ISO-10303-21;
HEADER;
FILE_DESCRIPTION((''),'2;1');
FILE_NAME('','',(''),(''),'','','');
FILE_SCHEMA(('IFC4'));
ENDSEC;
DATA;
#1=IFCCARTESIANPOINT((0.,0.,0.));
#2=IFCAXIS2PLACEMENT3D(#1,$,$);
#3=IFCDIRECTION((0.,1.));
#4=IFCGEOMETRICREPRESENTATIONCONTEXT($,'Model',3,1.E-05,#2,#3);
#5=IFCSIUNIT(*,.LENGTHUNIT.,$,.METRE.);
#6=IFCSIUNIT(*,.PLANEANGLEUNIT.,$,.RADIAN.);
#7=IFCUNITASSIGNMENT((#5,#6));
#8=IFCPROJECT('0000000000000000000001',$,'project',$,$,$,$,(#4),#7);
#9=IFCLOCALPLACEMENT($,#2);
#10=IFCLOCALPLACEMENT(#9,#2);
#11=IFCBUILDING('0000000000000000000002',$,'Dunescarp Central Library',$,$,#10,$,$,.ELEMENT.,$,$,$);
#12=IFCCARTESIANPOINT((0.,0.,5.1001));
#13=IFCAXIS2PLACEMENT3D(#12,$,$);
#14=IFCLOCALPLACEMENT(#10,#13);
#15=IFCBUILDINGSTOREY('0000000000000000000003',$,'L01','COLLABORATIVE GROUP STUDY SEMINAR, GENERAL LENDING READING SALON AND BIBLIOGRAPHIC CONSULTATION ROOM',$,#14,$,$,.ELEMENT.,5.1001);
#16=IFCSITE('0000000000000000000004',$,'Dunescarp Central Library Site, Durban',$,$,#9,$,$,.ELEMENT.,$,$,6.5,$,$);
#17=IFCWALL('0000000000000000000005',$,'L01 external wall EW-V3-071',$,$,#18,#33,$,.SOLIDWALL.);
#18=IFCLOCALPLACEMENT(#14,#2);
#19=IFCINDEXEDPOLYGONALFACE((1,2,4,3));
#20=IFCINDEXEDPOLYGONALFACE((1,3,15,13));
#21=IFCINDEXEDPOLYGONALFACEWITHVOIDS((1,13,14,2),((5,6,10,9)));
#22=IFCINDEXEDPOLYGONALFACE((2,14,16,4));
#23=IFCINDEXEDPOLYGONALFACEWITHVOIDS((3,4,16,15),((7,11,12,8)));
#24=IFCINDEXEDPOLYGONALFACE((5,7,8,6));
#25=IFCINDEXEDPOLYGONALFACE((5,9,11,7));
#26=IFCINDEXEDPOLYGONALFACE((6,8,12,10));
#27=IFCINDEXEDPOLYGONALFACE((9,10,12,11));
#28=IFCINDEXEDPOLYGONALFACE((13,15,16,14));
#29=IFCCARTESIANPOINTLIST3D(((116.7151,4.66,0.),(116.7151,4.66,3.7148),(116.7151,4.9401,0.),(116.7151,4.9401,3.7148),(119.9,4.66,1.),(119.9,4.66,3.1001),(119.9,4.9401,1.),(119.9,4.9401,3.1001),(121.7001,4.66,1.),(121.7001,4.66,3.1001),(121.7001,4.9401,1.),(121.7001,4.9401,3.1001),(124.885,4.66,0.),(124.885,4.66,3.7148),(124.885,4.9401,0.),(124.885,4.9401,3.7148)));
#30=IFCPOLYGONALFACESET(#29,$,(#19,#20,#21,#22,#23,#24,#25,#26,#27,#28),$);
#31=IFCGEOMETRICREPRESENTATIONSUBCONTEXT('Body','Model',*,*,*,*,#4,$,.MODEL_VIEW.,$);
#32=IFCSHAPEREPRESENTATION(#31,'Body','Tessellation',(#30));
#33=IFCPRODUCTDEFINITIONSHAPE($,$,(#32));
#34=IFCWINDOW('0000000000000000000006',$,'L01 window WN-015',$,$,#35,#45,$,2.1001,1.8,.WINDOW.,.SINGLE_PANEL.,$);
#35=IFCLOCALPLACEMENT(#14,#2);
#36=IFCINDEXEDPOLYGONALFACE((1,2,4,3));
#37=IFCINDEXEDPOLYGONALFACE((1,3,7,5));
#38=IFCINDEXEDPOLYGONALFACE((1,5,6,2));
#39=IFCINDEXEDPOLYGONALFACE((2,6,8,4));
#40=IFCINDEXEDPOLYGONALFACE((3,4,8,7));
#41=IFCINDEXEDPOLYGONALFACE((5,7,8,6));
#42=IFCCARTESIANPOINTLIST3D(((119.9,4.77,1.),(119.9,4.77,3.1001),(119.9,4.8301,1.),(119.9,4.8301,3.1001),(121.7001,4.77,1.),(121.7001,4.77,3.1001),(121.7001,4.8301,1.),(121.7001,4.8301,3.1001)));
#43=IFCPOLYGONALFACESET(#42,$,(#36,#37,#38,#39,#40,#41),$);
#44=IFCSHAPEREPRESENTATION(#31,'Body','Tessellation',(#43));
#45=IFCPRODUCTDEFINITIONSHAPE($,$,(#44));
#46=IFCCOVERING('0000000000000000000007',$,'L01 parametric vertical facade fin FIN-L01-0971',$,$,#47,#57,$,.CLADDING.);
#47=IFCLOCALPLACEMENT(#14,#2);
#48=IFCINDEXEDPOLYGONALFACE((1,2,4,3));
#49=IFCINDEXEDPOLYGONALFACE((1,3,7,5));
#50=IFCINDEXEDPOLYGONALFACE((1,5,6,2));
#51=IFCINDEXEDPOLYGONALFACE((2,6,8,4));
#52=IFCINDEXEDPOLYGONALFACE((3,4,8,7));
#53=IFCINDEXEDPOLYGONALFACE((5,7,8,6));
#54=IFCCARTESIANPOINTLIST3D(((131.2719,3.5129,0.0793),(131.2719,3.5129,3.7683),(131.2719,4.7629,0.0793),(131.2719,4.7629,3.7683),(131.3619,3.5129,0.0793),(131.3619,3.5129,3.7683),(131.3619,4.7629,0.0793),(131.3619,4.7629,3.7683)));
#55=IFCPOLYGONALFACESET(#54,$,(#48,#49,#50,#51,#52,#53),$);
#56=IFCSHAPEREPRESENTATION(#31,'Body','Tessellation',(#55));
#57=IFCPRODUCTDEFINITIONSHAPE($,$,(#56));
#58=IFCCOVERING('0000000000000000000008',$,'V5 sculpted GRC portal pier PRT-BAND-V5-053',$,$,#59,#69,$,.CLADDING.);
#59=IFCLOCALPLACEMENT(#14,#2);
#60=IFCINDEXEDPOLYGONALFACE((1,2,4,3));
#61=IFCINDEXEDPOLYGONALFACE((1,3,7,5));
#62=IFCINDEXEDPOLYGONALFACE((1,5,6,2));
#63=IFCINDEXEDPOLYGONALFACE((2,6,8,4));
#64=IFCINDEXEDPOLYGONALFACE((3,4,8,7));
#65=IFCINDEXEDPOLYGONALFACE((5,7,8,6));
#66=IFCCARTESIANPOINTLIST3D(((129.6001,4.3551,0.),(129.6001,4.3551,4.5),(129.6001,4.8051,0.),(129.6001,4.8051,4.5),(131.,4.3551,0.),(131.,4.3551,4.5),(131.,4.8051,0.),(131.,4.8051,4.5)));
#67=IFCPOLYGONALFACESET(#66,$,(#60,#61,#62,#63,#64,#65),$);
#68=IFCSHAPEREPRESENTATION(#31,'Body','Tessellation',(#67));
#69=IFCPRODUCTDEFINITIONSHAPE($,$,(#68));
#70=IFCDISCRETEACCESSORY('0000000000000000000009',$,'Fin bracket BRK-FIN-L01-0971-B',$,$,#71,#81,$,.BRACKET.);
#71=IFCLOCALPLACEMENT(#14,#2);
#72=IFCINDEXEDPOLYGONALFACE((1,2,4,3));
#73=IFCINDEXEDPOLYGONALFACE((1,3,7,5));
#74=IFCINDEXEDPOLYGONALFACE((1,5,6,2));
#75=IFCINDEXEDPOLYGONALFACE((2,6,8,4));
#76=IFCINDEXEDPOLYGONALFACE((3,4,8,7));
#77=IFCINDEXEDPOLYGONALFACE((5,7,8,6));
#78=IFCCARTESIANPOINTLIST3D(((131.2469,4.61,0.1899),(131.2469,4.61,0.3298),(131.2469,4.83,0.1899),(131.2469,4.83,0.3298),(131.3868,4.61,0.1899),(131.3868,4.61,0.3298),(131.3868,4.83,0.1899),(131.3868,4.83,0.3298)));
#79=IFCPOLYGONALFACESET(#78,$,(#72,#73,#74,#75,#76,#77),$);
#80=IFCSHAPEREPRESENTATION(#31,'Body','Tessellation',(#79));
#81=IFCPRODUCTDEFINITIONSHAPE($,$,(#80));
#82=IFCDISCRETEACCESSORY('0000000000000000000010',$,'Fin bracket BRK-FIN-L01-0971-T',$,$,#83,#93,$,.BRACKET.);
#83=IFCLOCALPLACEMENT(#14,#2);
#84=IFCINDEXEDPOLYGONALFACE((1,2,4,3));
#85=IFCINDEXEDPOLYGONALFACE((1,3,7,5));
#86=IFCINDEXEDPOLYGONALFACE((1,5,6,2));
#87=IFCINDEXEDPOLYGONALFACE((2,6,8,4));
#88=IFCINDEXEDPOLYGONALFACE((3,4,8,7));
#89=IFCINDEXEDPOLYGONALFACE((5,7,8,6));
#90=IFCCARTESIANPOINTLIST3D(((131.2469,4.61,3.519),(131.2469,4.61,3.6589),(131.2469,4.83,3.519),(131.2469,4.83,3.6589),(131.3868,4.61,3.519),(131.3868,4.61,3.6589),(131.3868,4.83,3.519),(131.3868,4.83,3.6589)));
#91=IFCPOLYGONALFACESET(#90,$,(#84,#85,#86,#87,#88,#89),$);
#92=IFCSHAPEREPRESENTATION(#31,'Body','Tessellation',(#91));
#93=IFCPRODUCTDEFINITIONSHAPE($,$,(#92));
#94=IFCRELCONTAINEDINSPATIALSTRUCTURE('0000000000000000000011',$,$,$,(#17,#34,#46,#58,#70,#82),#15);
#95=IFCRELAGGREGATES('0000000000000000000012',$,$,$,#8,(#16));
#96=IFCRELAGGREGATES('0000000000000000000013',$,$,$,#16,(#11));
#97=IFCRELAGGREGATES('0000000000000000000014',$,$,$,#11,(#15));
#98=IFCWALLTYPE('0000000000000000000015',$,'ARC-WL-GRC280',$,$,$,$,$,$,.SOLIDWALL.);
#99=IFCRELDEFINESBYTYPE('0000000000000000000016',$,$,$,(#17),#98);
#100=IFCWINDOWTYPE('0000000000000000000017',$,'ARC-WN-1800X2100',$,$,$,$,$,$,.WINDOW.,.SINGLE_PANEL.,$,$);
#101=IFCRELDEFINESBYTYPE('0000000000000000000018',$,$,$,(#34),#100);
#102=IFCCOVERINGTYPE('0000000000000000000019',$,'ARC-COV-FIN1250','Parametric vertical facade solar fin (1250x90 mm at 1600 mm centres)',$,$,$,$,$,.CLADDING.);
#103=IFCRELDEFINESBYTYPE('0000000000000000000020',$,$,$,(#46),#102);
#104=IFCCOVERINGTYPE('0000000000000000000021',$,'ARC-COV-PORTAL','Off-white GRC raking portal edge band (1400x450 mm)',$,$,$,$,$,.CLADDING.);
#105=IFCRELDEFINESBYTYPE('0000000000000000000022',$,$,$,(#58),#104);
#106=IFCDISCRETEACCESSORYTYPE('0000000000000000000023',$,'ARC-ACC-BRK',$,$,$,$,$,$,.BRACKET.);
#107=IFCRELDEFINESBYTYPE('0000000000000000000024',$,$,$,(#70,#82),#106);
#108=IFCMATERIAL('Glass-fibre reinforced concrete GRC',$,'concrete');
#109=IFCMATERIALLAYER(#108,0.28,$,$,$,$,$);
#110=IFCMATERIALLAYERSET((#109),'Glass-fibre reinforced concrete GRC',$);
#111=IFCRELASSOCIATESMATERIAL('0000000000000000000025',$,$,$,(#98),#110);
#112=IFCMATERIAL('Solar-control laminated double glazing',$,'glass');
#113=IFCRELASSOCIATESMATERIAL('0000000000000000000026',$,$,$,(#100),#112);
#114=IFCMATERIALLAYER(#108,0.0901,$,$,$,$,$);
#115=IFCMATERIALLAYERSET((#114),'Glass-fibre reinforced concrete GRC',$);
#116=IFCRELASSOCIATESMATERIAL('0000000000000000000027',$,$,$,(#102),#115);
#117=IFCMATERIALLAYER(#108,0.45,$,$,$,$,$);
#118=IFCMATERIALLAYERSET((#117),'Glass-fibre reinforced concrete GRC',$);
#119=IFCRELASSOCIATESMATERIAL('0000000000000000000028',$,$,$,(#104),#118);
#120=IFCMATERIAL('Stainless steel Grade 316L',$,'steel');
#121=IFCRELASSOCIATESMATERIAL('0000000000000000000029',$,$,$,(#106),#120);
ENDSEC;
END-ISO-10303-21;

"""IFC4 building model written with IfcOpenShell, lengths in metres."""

from ifc_helpers import new_model, si_unit, direction, frame, frame_2d, origin, origin_2d, place, context, subcontext, project, spatial, rectangle, extrude, material, layer, layer_set, type_object, element, fill, save


model = new_model("IFC4")

# Units and contexts
model_context = context("Model", 3, precision=1e-05, world=origin(), true_north=direction((0.0, 1.0)))
body_context = subcontext(model_context, "Body", "Model", "MODEL_VIEW")
ifc_project = project(units=[si_unit("LENGTHUNIT", "METRE"), si_unit("PLANEANGLEUNIT", "RADIAN")], contexts=[model_context])

# Site, building, storey
site_placement = place(None, origin())
site = spatial("IfcSite", under=ifc_project, at=site_placement, Name="Dunescarp Central Library Site, Durban", CompositionType="ELEMENT", RefElevation=6.5)
building_placement = place(site_placement, origin())
building = spatial("IfcBuilding", under=site, at=building_placement, Name="Dunescarp Central Library", CompositionType="ELEMENT")
storey_placement = place(building_placement, frame((0.0, 0.0, 5.1001)))
storey = spatial("IfcBuildingStorey", under=building, at=storey_placement, Name="L01", Description="COLLABORATIVE GROUP STUDY SEMINAR, GENERAL LENDING READING SALON AND BIBLIOGRAPHIC CONSULTATION ROOM", CompositionType="ELEMENT", Elevation=5.1001)

# Shared definitions
ifc_material_1 = material(Name="Solar-control laminated double glazing", Category="glass")

# Shared definitions
ifc_material_2 = material(Name="Glass-fibre reinforced concrete GRC", Category="concrete")

# Wall, opening, window
ifc_layer_1 = layer(ifc_material_2, 0.28)
ifc_layer_set_1 = layer_set([ifc_layer_1], Name="Glass-fibre reinforced concrete GRC")
wall_type_1 = type_object("IfcWallType", Name="ARC-WL-GRC280", PredefinedType="SOLIDWALL", material=ifc_layer_set_1)
wall_1_placement = place(storey_placement, frame((124.885, 4.8, 0.0), z_axis=(0.0, 0.0, 1.0), x_axis=(-1.0, 0.0, 0.0)))
wall_1 = element("IfcWall", 1, at=wall_1_placement, inside=storey, type_object=wall_type_1, Name="L01 external wall EW-V3-071", PredefinedType="SOLIDWALL", context=body_context, shape_type="SweptSolid", body=[
    extrude(rectangle(XDim=8.1699, YDim=0.28, at=frame_2d((4.085, 0.0))), origin(), (0.0, 0.0, 1.0), 3.7148),
])
opening_placement = place(wall_1_placement, frame((3.1851, 0.0, 1.0)))
opening = element("IfcOpeningElement", 2, at=opening_placement, cuts=wall_1, PredefinedType="OPENING", context=body_context, shape_type="SweptSolid", body=[
    extrude(rectangle(XDim=1.8, YDim=2.1001, at=frame_2d((0.8999, 1.05))), frame((0.0, 0.1499, 0.0), z_axis=(0.0, -1.0, 0.0), x_axis=(1.0, 0.0, 0.0)), (0.0, 0.0, 1.0), 0.3),
])
window_type = type_object("IfcWindowType", Name="ARC-WN-1800X2100", PartitioningType="SINGLE_PANEL", PredefinedType="WINDOW", material=ifc_material_1)
window_placement = place(opening_placement, origin())
window = element("IfcWindow", 3, at=window_placement, inside=storey, type_object=window_type, Name="L01 window WN-015", OverallHeight=2.1001, OverallWidth=1.8, PartitioningType="SINGLE_PANEL", PredefinedType="WINDOW", context=body_context, shape_type="SweptSolid", body=[
    extrude(rectangle(XDim=1.8, YDim=2.1001, at=frame_2d((0.8999, 1.05))), frame((0.0, 0.03, 0.0), z_axis=(0.0, -1.0, 0.0), x_axis=(1.0, 0.0, 0.0)), (0.0, 0.0, 1.0), 0.0601),
])
fill(opening, window)

# Coverings
ifc_layer_2 = layer(ifc_material_2, 0.0901)
ifc_layer_set_2 = layer_set([ifc_layer_2], Name="Glass-fibre reinforced concrete GRC")
covering_type_1 = type_object("IfcCoveringType", Name="ARC-COV-FIN1250", Description="Parametric vertical facade solar fin (1250x90 mm at 1600 mm centres)", PredefinedType="CLADDING", material=ifc_layer_set_2)
covering_1_placement = place(storey_placement, frame((131.3169, 4.1379, 0.0793), z_axis=(0.0, 0.0, 1.0), x_axis=(0.0, -1.0, 0.0)))
element("IfcCovering", 4, at=covering_1_placement, inside=storey, type_object=covering_type_1, Name="L01 parametric vertical facade fin FIN-L01-0971", PredefinedType="CLADDING", context=body_context, shape_type="SweptSolid", body=[
    extrude(rectangle(XDim=1.25, YDim=0.0901, at=origin_2d()), origin(), (0.0, 0.0, 1.0), 3.689),
])
ifc_layer_3 = layer(ifc_material_2, 0.45)
ifc_layer_set_3 = layer_set([ifc_layer_3], Name="Glass-fibre reinforced concrete GRC")
covering_type_2 = type_object("IfcCoveringType", Name="ARC-COV-PORTAL", Description="Off-white GRC raking portal edge band (1400x450 mm)", PredefinedType="CLADDING", material=ifc_layer_set_3)
covering_2_placement = place(storey_placement, frame((130.3, 4.5801, 0.0), z_axis=(0.0, 0.0, 1.0), x_axis=(1.0, 0.0, 0.0)))
element("IfcCovering", 5, at=covering_2_placement, inside=storey, type_object=covering_type_2, Name="V5 sculpted GRC portal pier PRT-BAND-V5-053", PredefinedType="CLADDING", context=body_context, shape_type="SweptSolid", body=[
    extrude(rectangle(XDim=1.3999, YDim=0.45, at=origin_2d()), origin(), (0.0, 0.0, 1.0), 4.5),
])

# Discrete accessories
ifc_material_3 = material(Name="Stainless steel Grade 316L", Category="steel")
discrete_accessory_type = type_object("IfcDiscreteAccessoryType", Name="ARC-ACC-BRK", PredefinedType="BRACKET", material=ifc_material_3)
for number, where, z_axis, x_axis, name in (
    (6, (131.3169, 4.72, 0.1899), (0.0, 0.0, 1.0), (0.0, -1.0, 0.0), "Fin bracket BRK-FIN-L01-0971-B"),
    (7, (131.3169, 4.72, 3.519), (0.0, 0.0, 1.0), (0.0, -1.0, 0.0), "Fin bracket BRK-FIN-L01-0971-T"),
):
    element("IfcDiscreteAccessory", number, at=place(storey_placement, frame(where, z_axis=z_axis, x_axis=x_axis)), inside=storey, type_object=discrete_accessory_type, Name=name, PredefinedType="BRACKET", context=body_context, shape_type="SweptSolid", body=[
        extrude(rectangle(XDim=0.22, YDim=0.1399, at=origin_2d()), origin(), (0.0, 0.0, 1.0), 0.1399),
    ])

save(model, "model.ifc")
